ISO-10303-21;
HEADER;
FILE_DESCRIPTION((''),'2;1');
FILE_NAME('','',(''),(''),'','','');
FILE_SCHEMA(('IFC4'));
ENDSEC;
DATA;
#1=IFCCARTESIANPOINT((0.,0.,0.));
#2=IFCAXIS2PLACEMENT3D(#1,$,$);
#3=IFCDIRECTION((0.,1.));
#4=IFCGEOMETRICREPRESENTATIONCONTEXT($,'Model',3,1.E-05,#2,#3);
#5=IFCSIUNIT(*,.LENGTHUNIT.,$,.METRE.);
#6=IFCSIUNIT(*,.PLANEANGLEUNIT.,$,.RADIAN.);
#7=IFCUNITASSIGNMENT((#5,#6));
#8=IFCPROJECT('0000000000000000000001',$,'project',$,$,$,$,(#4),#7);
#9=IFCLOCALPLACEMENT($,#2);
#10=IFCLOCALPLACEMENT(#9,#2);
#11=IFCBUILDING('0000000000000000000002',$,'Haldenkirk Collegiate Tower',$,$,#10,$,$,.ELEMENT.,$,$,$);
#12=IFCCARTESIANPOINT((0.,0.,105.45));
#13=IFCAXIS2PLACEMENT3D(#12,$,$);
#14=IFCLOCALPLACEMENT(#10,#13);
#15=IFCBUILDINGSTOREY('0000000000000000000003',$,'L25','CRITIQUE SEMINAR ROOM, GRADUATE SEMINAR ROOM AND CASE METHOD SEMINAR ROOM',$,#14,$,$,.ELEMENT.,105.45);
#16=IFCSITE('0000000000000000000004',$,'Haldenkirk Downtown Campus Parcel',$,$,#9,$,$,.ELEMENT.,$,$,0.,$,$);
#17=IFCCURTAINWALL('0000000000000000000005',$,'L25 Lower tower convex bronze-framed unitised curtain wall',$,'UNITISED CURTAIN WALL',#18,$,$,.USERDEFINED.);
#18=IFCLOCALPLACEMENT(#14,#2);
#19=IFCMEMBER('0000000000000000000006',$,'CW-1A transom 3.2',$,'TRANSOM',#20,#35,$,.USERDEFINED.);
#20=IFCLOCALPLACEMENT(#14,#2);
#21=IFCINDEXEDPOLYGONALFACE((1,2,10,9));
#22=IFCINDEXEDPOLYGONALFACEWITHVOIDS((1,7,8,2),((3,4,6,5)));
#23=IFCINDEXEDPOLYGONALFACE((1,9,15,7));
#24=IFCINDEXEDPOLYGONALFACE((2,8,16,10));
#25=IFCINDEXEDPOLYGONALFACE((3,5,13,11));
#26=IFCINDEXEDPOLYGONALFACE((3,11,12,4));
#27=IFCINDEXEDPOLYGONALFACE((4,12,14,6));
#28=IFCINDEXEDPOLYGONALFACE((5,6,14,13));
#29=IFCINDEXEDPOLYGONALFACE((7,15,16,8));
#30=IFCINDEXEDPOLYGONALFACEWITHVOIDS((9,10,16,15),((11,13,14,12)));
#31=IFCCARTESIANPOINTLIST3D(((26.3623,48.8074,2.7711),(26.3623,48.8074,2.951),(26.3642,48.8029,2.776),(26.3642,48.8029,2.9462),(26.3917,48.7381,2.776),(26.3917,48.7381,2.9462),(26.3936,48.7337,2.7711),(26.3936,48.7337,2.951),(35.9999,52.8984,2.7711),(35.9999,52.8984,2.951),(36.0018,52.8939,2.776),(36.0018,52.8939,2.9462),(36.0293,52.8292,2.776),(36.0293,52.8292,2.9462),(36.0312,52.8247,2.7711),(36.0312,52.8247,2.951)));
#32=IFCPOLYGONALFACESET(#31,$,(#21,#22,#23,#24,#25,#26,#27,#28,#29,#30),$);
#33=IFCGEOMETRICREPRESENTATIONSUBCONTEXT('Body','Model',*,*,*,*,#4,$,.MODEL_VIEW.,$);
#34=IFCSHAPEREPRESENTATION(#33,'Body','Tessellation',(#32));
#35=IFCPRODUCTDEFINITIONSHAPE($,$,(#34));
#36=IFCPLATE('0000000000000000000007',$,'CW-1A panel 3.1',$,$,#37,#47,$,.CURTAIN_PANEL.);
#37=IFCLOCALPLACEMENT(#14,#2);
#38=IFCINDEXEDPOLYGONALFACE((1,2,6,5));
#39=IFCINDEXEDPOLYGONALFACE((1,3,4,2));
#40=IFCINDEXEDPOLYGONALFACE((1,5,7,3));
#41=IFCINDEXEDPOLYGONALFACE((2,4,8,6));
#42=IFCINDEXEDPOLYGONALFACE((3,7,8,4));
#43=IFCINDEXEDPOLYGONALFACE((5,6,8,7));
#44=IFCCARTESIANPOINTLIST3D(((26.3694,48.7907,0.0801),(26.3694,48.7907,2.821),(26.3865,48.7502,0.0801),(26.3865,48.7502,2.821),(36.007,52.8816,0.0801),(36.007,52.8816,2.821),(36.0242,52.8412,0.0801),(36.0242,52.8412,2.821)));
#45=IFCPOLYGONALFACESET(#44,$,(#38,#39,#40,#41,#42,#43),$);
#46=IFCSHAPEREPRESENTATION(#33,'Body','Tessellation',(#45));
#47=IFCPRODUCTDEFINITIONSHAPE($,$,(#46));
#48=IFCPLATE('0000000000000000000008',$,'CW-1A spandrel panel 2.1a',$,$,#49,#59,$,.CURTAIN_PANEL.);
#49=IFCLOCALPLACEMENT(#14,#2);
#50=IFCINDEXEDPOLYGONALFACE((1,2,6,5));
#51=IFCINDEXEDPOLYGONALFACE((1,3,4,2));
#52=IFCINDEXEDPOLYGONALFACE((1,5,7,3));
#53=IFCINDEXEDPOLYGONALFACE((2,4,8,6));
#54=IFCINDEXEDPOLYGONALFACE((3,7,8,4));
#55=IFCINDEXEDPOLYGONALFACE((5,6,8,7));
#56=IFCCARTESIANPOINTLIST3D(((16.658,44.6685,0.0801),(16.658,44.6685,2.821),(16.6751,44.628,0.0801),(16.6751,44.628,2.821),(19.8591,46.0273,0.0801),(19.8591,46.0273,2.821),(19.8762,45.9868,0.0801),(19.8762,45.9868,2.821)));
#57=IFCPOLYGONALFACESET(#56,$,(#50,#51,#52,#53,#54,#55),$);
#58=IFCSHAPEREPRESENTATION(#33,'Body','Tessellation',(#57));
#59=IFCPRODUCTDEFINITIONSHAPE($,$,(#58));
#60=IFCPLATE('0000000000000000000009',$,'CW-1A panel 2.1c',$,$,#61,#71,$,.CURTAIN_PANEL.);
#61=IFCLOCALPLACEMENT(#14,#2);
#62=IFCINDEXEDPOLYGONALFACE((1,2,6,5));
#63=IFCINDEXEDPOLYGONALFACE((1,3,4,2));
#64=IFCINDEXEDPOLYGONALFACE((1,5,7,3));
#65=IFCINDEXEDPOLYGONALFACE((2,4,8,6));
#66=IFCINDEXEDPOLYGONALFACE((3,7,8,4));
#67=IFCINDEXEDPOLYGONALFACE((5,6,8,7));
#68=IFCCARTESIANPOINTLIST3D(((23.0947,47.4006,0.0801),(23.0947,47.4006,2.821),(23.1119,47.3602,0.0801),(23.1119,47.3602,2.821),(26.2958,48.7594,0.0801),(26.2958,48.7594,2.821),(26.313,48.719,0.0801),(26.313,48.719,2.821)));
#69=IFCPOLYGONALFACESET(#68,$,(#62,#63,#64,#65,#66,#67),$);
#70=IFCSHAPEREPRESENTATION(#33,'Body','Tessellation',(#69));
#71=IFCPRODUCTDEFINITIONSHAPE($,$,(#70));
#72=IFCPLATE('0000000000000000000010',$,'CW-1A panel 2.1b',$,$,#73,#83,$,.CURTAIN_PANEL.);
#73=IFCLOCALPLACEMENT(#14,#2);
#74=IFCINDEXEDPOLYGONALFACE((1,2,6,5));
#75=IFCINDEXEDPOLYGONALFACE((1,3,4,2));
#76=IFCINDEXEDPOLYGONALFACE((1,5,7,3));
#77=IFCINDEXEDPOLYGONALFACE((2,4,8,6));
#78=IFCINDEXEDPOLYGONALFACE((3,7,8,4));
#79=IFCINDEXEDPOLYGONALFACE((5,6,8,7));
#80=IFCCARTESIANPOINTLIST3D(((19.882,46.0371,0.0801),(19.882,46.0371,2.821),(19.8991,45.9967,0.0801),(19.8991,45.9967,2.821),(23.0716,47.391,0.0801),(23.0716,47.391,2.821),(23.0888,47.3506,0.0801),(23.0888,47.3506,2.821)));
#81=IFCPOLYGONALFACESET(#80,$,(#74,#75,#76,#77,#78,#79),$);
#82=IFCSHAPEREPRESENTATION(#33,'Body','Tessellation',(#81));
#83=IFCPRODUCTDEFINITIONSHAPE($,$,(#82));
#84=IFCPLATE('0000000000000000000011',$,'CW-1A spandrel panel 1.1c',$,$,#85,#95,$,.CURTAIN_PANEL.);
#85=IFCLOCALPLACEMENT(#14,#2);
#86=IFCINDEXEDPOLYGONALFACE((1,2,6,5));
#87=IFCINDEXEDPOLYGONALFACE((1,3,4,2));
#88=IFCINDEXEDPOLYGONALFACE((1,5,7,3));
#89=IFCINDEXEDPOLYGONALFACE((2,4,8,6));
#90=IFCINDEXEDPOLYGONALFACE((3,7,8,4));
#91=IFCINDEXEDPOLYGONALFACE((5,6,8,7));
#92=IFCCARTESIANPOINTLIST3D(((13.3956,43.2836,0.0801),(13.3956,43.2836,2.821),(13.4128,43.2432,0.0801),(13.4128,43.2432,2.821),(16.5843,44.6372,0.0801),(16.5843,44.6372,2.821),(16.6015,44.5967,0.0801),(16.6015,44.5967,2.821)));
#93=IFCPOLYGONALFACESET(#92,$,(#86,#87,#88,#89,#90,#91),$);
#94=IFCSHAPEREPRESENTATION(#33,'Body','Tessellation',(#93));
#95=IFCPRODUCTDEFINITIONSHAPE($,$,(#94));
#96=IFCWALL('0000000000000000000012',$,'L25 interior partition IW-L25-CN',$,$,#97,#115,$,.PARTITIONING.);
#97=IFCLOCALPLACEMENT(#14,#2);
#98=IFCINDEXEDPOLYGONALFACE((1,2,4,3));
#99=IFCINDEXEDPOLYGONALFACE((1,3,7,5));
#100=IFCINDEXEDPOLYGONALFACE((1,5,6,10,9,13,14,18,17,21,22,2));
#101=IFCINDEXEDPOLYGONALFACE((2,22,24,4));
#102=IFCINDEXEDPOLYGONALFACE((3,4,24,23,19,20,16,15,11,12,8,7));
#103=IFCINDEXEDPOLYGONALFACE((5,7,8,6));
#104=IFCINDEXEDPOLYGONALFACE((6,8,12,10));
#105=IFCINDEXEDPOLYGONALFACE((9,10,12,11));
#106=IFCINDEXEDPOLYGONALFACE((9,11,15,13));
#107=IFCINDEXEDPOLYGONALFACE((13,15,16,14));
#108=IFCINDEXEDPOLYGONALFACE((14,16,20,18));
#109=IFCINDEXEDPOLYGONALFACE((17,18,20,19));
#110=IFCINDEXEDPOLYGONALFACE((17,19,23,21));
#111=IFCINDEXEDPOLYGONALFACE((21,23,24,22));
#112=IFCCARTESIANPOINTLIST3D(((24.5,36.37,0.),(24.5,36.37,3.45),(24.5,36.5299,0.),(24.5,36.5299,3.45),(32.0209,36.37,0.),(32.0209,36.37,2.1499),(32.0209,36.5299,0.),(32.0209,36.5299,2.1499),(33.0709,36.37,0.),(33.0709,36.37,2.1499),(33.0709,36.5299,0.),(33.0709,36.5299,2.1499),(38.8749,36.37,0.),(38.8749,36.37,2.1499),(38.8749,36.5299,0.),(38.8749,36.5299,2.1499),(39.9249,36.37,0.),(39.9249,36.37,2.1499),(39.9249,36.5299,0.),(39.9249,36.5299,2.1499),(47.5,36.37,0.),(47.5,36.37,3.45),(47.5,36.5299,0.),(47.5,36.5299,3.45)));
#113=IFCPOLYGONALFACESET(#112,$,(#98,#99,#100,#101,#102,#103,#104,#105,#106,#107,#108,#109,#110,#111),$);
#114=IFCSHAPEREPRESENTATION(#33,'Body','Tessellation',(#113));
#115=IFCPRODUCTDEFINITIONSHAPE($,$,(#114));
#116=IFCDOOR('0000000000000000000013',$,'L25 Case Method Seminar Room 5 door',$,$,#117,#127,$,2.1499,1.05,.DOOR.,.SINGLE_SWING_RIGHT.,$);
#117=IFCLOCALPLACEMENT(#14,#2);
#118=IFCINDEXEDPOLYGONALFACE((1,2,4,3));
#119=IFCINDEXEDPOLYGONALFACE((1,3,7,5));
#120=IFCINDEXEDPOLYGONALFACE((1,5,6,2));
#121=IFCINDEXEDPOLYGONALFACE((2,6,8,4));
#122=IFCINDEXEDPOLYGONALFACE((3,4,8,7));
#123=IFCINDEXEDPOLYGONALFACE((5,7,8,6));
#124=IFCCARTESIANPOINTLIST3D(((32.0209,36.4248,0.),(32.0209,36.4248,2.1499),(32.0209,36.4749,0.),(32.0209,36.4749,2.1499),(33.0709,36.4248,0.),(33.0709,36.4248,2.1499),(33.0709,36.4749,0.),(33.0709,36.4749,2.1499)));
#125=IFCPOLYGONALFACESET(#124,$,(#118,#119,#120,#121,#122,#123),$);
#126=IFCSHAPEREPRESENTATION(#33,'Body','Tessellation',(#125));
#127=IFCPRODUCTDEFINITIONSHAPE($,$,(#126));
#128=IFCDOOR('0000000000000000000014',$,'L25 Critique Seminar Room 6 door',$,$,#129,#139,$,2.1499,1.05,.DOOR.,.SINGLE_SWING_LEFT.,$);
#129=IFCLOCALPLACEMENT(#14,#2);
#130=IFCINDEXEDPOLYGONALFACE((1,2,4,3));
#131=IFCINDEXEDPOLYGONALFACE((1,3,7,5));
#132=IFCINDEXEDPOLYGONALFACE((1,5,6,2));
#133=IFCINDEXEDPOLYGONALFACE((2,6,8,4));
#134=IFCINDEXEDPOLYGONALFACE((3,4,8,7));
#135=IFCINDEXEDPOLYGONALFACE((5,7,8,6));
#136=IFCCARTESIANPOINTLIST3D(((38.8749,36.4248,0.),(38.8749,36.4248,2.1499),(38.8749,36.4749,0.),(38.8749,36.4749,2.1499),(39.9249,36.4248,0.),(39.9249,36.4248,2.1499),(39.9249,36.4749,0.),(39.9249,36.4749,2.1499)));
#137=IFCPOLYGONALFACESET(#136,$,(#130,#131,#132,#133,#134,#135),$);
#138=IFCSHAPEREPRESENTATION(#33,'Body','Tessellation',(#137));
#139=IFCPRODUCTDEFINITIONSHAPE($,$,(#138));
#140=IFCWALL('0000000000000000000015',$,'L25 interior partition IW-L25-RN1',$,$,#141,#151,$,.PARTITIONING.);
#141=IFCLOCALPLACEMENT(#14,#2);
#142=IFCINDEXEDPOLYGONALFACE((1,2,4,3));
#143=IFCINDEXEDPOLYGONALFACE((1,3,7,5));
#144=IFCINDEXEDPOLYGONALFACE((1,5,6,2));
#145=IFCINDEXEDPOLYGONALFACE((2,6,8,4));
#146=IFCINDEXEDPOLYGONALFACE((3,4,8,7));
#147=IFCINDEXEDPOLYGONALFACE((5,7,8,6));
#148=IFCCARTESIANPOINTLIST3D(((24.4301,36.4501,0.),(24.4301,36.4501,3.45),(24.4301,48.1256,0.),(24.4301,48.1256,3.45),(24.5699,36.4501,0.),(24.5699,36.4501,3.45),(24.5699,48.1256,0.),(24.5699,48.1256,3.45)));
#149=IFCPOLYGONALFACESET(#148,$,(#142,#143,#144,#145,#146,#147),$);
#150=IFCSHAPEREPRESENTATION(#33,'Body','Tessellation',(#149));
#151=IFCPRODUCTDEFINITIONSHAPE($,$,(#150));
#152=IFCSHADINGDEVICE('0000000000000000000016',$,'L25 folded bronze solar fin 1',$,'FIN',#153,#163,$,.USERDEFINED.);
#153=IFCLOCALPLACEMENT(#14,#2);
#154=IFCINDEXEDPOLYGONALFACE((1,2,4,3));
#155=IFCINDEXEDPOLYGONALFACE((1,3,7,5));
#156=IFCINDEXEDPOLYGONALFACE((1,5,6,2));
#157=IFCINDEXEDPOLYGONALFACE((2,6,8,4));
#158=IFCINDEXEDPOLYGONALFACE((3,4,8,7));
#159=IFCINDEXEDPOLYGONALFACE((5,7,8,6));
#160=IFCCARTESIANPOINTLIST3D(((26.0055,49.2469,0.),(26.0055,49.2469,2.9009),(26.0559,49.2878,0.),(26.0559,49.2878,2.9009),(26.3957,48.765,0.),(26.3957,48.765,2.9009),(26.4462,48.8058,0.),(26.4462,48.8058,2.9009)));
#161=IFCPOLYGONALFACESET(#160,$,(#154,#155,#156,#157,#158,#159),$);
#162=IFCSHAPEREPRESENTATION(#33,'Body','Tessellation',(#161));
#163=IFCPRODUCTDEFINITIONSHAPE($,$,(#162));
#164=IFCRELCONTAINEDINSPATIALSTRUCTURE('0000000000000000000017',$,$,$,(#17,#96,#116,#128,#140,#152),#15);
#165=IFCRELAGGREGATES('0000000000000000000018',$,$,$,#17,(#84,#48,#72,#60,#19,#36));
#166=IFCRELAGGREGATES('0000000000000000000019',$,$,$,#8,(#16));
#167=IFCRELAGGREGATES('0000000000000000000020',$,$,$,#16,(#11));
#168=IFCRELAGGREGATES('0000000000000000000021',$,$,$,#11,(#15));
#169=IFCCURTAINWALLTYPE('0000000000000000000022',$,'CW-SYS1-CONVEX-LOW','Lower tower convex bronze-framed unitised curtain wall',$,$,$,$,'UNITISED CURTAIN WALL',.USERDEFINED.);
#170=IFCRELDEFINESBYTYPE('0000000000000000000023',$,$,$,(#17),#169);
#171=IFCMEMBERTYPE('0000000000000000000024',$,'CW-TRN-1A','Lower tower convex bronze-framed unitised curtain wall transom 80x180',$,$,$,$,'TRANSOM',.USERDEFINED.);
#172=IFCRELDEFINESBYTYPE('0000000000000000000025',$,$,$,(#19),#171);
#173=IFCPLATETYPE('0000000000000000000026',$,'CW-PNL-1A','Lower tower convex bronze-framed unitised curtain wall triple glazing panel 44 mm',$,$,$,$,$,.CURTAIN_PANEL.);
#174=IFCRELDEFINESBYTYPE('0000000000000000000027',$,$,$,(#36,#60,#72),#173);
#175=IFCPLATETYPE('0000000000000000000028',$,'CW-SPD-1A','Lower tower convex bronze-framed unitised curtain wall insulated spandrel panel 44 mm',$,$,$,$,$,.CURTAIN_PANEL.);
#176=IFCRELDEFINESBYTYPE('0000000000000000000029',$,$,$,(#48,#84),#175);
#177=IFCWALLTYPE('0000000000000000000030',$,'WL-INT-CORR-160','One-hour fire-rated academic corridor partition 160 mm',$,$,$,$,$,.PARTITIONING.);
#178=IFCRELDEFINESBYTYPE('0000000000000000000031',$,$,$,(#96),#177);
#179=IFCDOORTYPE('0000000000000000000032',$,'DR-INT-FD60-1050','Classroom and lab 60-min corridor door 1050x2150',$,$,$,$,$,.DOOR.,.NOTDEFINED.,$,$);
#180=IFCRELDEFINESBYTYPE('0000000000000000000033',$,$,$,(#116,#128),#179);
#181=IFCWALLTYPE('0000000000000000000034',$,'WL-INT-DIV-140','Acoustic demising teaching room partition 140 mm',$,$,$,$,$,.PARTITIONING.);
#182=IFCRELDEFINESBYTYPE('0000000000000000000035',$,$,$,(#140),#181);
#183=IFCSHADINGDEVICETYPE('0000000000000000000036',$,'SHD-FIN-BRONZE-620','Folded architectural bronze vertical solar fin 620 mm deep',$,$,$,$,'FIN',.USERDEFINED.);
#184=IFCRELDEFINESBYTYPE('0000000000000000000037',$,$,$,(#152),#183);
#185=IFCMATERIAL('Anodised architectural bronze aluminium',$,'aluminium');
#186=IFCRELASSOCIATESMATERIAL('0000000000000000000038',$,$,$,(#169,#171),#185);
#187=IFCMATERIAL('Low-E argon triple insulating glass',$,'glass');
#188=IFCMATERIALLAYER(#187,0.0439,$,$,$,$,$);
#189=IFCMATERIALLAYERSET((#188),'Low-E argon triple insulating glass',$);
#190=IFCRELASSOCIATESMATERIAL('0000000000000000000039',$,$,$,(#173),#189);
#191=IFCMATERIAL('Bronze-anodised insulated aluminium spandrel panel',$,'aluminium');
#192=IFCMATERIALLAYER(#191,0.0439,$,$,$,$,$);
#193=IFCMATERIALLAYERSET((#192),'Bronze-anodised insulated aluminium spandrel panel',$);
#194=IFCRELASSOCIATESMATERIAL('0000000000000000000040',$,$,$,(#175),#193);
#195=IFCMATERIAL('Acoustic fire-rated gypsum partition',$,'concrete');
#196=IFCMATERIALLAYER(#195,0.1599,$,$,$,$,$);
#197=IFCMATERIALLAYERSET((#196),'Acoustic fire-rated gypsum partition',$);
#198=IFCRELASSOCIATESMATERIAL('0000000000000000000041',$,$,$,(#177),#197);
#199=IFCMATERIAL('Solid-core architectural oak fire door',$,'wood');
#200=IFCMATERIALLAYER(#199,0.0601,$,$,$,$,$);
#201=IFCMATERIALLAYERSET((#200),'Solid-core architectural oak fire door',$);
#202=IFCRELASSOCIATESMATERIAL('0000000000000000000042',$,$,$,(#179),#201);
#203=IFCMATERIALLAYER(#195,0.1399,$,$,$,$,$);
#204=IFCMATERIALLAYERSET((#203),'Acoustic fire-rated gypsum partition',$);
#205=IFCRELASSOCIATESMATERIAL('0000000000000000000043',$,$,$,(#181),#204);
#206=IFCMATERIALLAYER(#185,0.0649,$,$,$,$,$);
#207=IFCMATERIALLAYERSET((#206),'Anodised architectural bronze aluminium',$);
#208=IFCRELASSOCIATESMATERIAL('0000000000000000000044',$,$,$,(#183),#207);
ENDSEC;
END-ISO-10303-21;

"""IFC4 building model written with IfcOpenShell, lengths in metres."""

from ifc_helpers import new_model, si_unit, direction, frame, frame_2d, origin, origin_2d, place, context, subcontext, project, spatial, rectangle, hollow_rectangle, extrude, source, transform, mapped, material, layer, layer_set, material_profile, profile_set, type_object, element, fill, aggregate, save


model = new_model("IFC4")

# Units and contexts
model_context = context("Model", 3, precision=1e-05, world=origin(), true_north=direction((0.0, 1.0)))
body_context = subcontext(model_context, "Body", "Model", "MODEL_VIEW")
ifc_project = project(units=[si_unit("LENGTHUNIT", "METRE"), si_unit("PLANEANGLEUNIT", "RADIAN")], contexts=[model_context])

# Site, building, storey
site_placement = place(None, origin())
site = spatial("IfcSite", under=ifc_project, at=site_placement, Name="Haldenkirk Downtown Campus Parcel", CompositionType="ELEMENT", RefElevation=0.0)
building_placement = place(site_placement, origin())
building = spatial("IfcBuilding", under=site, at=building_placement, Name="Haldenkirk Collegiate Tower", CompositionType="ELEMENT")
storey_placement = place(building_placement, frame((0.0, 0.0, 105.45)))
storey = spatial("IfcBuildingStorey", under=building, at=storey_placement, Name="L25", Description="CRITIQUE SEMINAR ROOM, GRADUATE SEMINAR ROOM AND CASE METHOD SEMINAR ROOM", CompositionType="ELEMENT", Elevation=105.45)

# Curtain wall, member, plates
ifc_material_1 = material(Name="Anodised architectural bronze aluminium", Category="aluminium")
curtain_wall_type = type_object("IfcCurtainWallType", Name="CW-SYS1-CONVEX-LOW", Description="Lower tower convex bronze-framed unitised curtain wall", ElementType="UNITISED CURTAIN WALL", PredefinedType="USERDEFINED", material=ifc_material_1)
curtain_wall_placement = place(storey_placement, origin())
curtain_wall = element("IfcCurtainWall", 1, at=curtain_wall_placement, inside=storey, type_object=curtain_wall_type, Name="L25 Lower tower convex bronze-framed unitised curtain wall", ObjectType="UNITISED CURTAIN WALL", PredefinedType="USERDEFINED")
ifc_material_profile_1 = material_profile(ifc_material_1, hollow_rectangle(XDim=0.0801, YDim=0.1799, WallThickness=0.0049, at=origin_2d()), Name="CW-TRN-1A")
ifc_profile_set_1 = profile_set([ifc_material_profile_1], Name="Anodised architectural bronze aluminium")
member_type_1 = type_object("IfcMemberType", Name="CW-TRN-1A", Description="Lower tower convex bronze-framed unitised curtain wall transom 80x180", ElementType="TRANSOM", PredefinedType="USERDEFINED", material=ifc_profile_set_1)
member_1_placement = place(storey_placement, frame((26.3779, 48.7705, 2.8611), z_axis=(0.920501, 0.39074, 0.0), x_axis=(-0.39074, 0.920501, 0.0)))
member_1 = element("IfcMember", 2, at=member_1_placement, type_object=member_type_1, Name="CW-1A transom 3.2", ObjectType="TRANSOM", PredefinedType="USERDEFINED", context=body_context, shape_type="SweptSolid", body=[
    extrude(hollow_rectangle(XDim=0.0801, YDim=0.1799, WallThickness=0.0049, at=origin_2d()), origin(), (0.0, 0.0, 1.0), 10.47),
])
ifc_material_2 = material(Name="Low-E argon triple insulating glass", Category="glass")
ifc_layer_1 = layer(ifc_material_2, 0.0439)
ifc_layer_set_1 = layer_set([ifc_layer_1], Name="Low-E argon triple insulating glass")
plate_type_1 = type_object("IfcPlateType", Name="CW-PNL-1A", Description="Lower tower convex bronze-framed unitised curtain wall triple glazing panel 44 mm", PredefinedType="CURTAIN_PANEL", material=ifc_layer_set_1)
shared_shape_1 = source(origin(), body_context, "Body", "SweptSolid", [
    extrude(rectangle(XDim=10.47, YDim=0.0439, at=origin_2d()), origin(), (0.0, 0.0, 1.0), 2.741),
])
plate_1_placement = place(storey_placement, frame((31.1968, 50.8159, 0.0801), z_axis=(0.0, 0.0, 1.0), x_axis=(0.920505, 0.390731, 0.0)))
plate_1 = element("IfcPlate", 3, at=plate_1_placement, type_object=plate_type_1, Name="CW-1A panel 3.1", PredefinedType="CURTAIN_PANEL", context=body_context, shape_type="MappedRepresentation", body=[
    mapped(shared_shape_1, transform((0.0, 0.0, 0.0), x_axis=(1.0, 0.0, 0.0), y_axis=(0.0, 1.0, 0.0), z_axis=(0.0, 0.0, 1.0), scale=1.0)),
])
ifc_material_3 = material(Name="Bronze-anodised insulated aluminium spandrel panel", Category="aluminium")
ifc_layer_2 = layer(ifc_material_3, 0.0439)
ifc_layer_set_2 = layer_set([ifc_layer_2], Name="Bronze-anodised insulated aluminium spandrel panel")
plate_type_2 = type_object("IfcPlateType", Name="CW-SPD-1A", Description="Lower tower convex bronze-framed unitised curtain wall insulated spandrel panel 44 mm", PredefinedType="CURTAIN_PANEL", material=ifc_layer_set_2)
shared_shape_2 = source(origin(), body_context, "Body", "SweptSolid", [
    extrude(rectangle(XDim=3.4775, YDim=0.0439, at=origin_2d()), origin(), (0.0, 0.0, 1.0), 2.741),
])
plate_2_placement = place(storey_placement, frame((18.2671, 45.3276, 0.0801), z_axis=(0.0, 0.0, 1.0), x_axis=(0.920505, 0.390731, 0.0)))
plate_2 = element("IfcPlate", 4, at=plate_2_placement, type_object=plate_type_2, Name="CW-1A spandrel panel 2.1a", PredefinedType="CURTAIN_PANEL", context=body_context, shape_type="MappedRepresentation", body=[
    mapped(shared_shape_2, transform((0.0, 0.0, 0.0), x_axis=(1.0, 0.0, 0.0), y_axis=(0.0, 1.0, 0.0), z_axis=(0.0, 0.0, 1.0), scale=1.0)),
])
plate_3_placement = place(storey_placement, frame((24.7039, 48.0598, 0.0801), z_axis=(0.0, 0.0, 1.0), x_axis=(0.920505, 0.390731, 0.0)))
plate_3 = element("IfcPlate", 5, at=plate_3_placement, type_object=plate_type_1, Name="CW-1A panel 2.1c", PredefinedType="CURTAIN_PANEL", context=body_context, shape_type="MappedRepresentation", body=[
    mapped(shared_shape_2, transform((0.0, 0.0, 0.0), x_axis=(1.0, 0.0, 0.0), y_axis=(0.0, 1.0, 0.0), z_axis=(0.0, 0.0, 1.0), scale=1.0)),
])
shared_shape_3 = source(origin(), body_context, "Body", "SweptSolid", [
    extrude(rectangle(XDim=3.4651, YDim=0.0439, at=origin_2d()), origin(), (0.0, 0.0, 1.0), 2.741),
])
plate_4_placement = place(storey_placement, frame((21.4854, 46.6938, 0.0801), z_axis=(0.0, 0.0, 1.0), x_axis=(0.920505, 0.390731, 0.0)))
plate_4 = element("IfcPlate", 6, at=plate_4_placement, type_object=plate_type_1, Name="CW-1A panel 2.1b", PredefinedType="CURTAIN_PANEL", context=body_context, shape_type="MappedRepresentation", body=[
    mapped(shared_shape_3, transform((0.0, 0.0, 0.0), x_axis=(1.0, 0.0, 0.0), y_axis=(0.0, 1.0, 0.0), z_axis=(0.0, 0.0, 1.0), scale=1.0)),
])
shared_shape_4 = source(origin(), body_context, "Body", "SweptSolid", [
    extrude(rectangle(XDim=3.4641, YDim=0.0439, at=origin_2d()), origin(), (0.0, 0.0, 1.0), 2.741),
])
plate_5_placement = place(storey_placement, frame((14.9985, 43.9402, 0.0801), z_axis=(0.0, 0.0, 1.0), x_axis=(0.920505, 0.390731, 0.0)))
plate_5 = element("IfcPlate", 7, at=plate_5_placement, type_object=plate_type_2, Name="CW-1A spandrel panel 1.1c", PredefinedType="CURTAIN_PANEL", context=body_context, shape_type="MappedRepresentation", body=[
    mapped(shared_shape_4, transform((0.0, 0.0, 0.0), x_axis=(1.0, 0.0, 0.0), y_axis=(0.0, 1.0, 0.0), z_axis=(0.0, 0.0, 1.0), scale=1.0)),
])
aggregate(curtain_wall, [plate_5, plate_2, plate_4, plate_3, member_1, plate_1])

# Wall, openings, doors
ifc_material_4 = material(Name="Acoustic fire-rated gypsum partition", Category="concrete")
ifc_layer_3 = layer(ifc_material_4, 0.1599)
ifc_layer_set_3 = layer_set([ifc_layer_3], Name="Acoustic fire-rated gypsum partition")
wall_type_1 = type_object("IfcWallType", Name="WL-INT-CORR-160", Description="One-hour fire-rated academic corridor partition 160 mm", PredefinedType="PARTITIONING", material=ifc_layer_set_3)
wall_1_placement = place(storey_placement, frame((24.5, 36.45, 0.0), z_axis=(0.0, 0.0, 1.0), x_axis=(1.0, 0.0, 0.0)))
wall_1 = element("IfcWall", 8, at=wall_1_placement, inside=storey, type_object=wall_type_1, Name="L25 interior partition IW-L25-CN", PredefinedType="PARTITIONING", context=body_context, shape_type="SweptSolid", body=[
    extrude(rectangle(XDim=23.0, YDim=0.1599, at=frame_2d((11.5, 0.0))), origin(), (0.0, 0.0, 1.0), 3.45),
])
opening_1_placement = place(wall_1_placement, frame((7.521, 0.0, 0.0)))
opening_1 = element("IfcOpeningElement", 9, at=opening_1_placement, cuts=wall_1, PredefinedType="OPENING", context=body_context, shape_type="SweptSolid", body=[
    extrude(rectangle(XDim=1.05, YDim=2.1499, at=frame_2d((0.5249, 1.075))), frame((0.0, 0.0898, 0.0), z_axis=(0.0, -1.0, 0.0), x_axis=(1.0, 0.0, 0.0)), (0.0, 0.0, 1.0), 0.1799),
])
opening_2_placement = place(wall_1_placement, frame((14.375, 0.0, 0.0)))
opening_2 = element("IfcOpeningElement", 10, at=opening_2_placement, cuts=wall_1, PredefinedType="OPENING", context=body_context, shape_type="SweptSolid", body=[
    extrude(rectangle(XDim=1.05, YDim=2.1499, at=frame_2d((0.5249, 1.075))), frame((0.0, 0.0898, 0.0), z_axis=(0.0, -1.0, 0.0), x_axis=(1.0, 0.0, 0.0)), (0.0, 0.0, 1.0), 0.1799),
])
ifc_material_5 = material(Name="Solid-core architectural oak fire door", Category="wood")
ifc_layer_4 = layer(ifc_material_5, 0.0601)
ifc_layer_set_4 = layer_set([ifc_layer_4], Name="Solid-core architectural oak fire door")
door_type = type_object("IfcDoorType", Name="DR-INT-FD60-1050", Description="Classroom and lab 60-min corridor door 1050x2150", OperationType="NOTDEFINED", PredefinedType="DOOR", material=ifc_layer_set_4)
door_1_placement = place(opening_1_placement, origin())
door_1 = element("IfcDoor", 11, at=door_1_placement, inside=storey, type_object=door_type, Name="L25 Case Method Seminar Room 5 door", OperationType="SINGLE_SWING_RIGHT", OverallHeight=2.1499, OverallWidth=1.05, PredefinedType="DOOR", context=body_context, shape_type="SweptSolid", body=[
    extrude(rectangle(XDim=1.05, YDim=2.1499, at=frame_2d((0.5249, 1.075))), frame((0.0, 0.0249, 0.0), z_axis=(0.0, -1.0, 0.0), x_axis=(1.0, 0.0, 0.0)), (0.0, 0.0, 1.0), 0.05),
])
fill(opening_1, door_1)
door_2_placement = place(opening_2_placement, origin())
door_2 = element("IfcDoor", 12, at=door_2_placement, inside=storey, type_object=door_type, Name="L25 Critique Seminar Room 6 door", OperationType="SINGLE_SWING_LEFT", OverallHeight=2.1499, OverallWidth=1.05, PredefinedType="DOOR", context=body_context, shape_type="SweptSolid", body=[
    extrude(rectangle(XDim=1.05, YDim=2.1499, at=frame_2d((0.5249, 1.075))), frame((0.0, 0.0249, 0.0), z_axis=(0.0, -1.0, 0.0), x_axis=(1.0, 0.0, 0.0)), (0.0, 0.0, 1.0), 0.05),
])
fill(opening_2, door_2)

# Wall
ifc_layer_5 = layer(ifc_material_4, 0.1399)
ifc_layer_set_5 = layer_set([ifc_layer_5], Name="Acoustic fire-rated gypsum partition")
wall_type_2 = type_object("IfcWallType", Name="WL-INT-DIV-140", Description="Acoustic demising teaching room partition 140 mm", PredefinedType="PARTITIONING", material=ifc_layer_set_5)
wall_2_placement = place(storey_placement, frame((24.5, 36.45, 0.0), z_axis=(0.0, 0.0, 1.0), x_axis=(0.0, 1.0, 0.0)))
element("IfcWall", 13, at=wall_2_placement, inside=storey, type_object=wall_type_2, Name="L25 interior partition IW-L25-RN1", PredefinedType="PARTITIONING", context=body_context, shape_type="SweptSolid", body=[
    extrude(rectangle(XDim=11.6755, YDim=0.1399, at=frame_2d((5.8379, 0.0))), origin(), (0.0, 0.0, 1.0), 3.45),
])

# Shading device
ifc_layer_6 = layer(ifc_material_1, 0.0649)
ifc_layer_set_6 = layer_set([ifc_layer_6], Name="Anodised architectural bronze aluminium")
shading_device_type = type_object("IfcShadingDeviceType", Name="SHD-FIN-BRONZE-620", Description="Folded architectural bronze vertical solar fin 620 mm deep", ElementType="FIN", PredefinedType="USERDEFINED", material=ifc_layer_set_6)
shared_shape_5 = source(origin(), body_context, "Body", "SweptSolid", [
    extrude(rectangle(XDim=0.6201, YDim=0.0649, at=origin_2d()), origin(), (0.0, 0.0, 1.0), 2.9009),
])
shading_device_placement = place(storey_placement, frame((26.2258, 49.0264, 0.0), z_axis=(0.0, 0.0, 1.0), x_axis=(-0.62932, 0.777146, 0.0)))
element("IfcShadingDevice", 14, at=shading_device_placement, inside=storey, type_object=shading_device_type, Name="L25 folded bronze solar fin 1", ObjectType="FIN", PredefinedType="USERDEFINED", context=body_context, shape_type="MappedRepresentation", body=[
    mapped(shared_shape_5, transform((0.0, 0.0, 0.0), x_axis=(1.0, 0.0, 0.0), y_axis=(0.0, 1.0, 0.0), z_axis=(0.0, 0.0, 1.0), scale=1.0)),
])

save(model, "model.ifc")
